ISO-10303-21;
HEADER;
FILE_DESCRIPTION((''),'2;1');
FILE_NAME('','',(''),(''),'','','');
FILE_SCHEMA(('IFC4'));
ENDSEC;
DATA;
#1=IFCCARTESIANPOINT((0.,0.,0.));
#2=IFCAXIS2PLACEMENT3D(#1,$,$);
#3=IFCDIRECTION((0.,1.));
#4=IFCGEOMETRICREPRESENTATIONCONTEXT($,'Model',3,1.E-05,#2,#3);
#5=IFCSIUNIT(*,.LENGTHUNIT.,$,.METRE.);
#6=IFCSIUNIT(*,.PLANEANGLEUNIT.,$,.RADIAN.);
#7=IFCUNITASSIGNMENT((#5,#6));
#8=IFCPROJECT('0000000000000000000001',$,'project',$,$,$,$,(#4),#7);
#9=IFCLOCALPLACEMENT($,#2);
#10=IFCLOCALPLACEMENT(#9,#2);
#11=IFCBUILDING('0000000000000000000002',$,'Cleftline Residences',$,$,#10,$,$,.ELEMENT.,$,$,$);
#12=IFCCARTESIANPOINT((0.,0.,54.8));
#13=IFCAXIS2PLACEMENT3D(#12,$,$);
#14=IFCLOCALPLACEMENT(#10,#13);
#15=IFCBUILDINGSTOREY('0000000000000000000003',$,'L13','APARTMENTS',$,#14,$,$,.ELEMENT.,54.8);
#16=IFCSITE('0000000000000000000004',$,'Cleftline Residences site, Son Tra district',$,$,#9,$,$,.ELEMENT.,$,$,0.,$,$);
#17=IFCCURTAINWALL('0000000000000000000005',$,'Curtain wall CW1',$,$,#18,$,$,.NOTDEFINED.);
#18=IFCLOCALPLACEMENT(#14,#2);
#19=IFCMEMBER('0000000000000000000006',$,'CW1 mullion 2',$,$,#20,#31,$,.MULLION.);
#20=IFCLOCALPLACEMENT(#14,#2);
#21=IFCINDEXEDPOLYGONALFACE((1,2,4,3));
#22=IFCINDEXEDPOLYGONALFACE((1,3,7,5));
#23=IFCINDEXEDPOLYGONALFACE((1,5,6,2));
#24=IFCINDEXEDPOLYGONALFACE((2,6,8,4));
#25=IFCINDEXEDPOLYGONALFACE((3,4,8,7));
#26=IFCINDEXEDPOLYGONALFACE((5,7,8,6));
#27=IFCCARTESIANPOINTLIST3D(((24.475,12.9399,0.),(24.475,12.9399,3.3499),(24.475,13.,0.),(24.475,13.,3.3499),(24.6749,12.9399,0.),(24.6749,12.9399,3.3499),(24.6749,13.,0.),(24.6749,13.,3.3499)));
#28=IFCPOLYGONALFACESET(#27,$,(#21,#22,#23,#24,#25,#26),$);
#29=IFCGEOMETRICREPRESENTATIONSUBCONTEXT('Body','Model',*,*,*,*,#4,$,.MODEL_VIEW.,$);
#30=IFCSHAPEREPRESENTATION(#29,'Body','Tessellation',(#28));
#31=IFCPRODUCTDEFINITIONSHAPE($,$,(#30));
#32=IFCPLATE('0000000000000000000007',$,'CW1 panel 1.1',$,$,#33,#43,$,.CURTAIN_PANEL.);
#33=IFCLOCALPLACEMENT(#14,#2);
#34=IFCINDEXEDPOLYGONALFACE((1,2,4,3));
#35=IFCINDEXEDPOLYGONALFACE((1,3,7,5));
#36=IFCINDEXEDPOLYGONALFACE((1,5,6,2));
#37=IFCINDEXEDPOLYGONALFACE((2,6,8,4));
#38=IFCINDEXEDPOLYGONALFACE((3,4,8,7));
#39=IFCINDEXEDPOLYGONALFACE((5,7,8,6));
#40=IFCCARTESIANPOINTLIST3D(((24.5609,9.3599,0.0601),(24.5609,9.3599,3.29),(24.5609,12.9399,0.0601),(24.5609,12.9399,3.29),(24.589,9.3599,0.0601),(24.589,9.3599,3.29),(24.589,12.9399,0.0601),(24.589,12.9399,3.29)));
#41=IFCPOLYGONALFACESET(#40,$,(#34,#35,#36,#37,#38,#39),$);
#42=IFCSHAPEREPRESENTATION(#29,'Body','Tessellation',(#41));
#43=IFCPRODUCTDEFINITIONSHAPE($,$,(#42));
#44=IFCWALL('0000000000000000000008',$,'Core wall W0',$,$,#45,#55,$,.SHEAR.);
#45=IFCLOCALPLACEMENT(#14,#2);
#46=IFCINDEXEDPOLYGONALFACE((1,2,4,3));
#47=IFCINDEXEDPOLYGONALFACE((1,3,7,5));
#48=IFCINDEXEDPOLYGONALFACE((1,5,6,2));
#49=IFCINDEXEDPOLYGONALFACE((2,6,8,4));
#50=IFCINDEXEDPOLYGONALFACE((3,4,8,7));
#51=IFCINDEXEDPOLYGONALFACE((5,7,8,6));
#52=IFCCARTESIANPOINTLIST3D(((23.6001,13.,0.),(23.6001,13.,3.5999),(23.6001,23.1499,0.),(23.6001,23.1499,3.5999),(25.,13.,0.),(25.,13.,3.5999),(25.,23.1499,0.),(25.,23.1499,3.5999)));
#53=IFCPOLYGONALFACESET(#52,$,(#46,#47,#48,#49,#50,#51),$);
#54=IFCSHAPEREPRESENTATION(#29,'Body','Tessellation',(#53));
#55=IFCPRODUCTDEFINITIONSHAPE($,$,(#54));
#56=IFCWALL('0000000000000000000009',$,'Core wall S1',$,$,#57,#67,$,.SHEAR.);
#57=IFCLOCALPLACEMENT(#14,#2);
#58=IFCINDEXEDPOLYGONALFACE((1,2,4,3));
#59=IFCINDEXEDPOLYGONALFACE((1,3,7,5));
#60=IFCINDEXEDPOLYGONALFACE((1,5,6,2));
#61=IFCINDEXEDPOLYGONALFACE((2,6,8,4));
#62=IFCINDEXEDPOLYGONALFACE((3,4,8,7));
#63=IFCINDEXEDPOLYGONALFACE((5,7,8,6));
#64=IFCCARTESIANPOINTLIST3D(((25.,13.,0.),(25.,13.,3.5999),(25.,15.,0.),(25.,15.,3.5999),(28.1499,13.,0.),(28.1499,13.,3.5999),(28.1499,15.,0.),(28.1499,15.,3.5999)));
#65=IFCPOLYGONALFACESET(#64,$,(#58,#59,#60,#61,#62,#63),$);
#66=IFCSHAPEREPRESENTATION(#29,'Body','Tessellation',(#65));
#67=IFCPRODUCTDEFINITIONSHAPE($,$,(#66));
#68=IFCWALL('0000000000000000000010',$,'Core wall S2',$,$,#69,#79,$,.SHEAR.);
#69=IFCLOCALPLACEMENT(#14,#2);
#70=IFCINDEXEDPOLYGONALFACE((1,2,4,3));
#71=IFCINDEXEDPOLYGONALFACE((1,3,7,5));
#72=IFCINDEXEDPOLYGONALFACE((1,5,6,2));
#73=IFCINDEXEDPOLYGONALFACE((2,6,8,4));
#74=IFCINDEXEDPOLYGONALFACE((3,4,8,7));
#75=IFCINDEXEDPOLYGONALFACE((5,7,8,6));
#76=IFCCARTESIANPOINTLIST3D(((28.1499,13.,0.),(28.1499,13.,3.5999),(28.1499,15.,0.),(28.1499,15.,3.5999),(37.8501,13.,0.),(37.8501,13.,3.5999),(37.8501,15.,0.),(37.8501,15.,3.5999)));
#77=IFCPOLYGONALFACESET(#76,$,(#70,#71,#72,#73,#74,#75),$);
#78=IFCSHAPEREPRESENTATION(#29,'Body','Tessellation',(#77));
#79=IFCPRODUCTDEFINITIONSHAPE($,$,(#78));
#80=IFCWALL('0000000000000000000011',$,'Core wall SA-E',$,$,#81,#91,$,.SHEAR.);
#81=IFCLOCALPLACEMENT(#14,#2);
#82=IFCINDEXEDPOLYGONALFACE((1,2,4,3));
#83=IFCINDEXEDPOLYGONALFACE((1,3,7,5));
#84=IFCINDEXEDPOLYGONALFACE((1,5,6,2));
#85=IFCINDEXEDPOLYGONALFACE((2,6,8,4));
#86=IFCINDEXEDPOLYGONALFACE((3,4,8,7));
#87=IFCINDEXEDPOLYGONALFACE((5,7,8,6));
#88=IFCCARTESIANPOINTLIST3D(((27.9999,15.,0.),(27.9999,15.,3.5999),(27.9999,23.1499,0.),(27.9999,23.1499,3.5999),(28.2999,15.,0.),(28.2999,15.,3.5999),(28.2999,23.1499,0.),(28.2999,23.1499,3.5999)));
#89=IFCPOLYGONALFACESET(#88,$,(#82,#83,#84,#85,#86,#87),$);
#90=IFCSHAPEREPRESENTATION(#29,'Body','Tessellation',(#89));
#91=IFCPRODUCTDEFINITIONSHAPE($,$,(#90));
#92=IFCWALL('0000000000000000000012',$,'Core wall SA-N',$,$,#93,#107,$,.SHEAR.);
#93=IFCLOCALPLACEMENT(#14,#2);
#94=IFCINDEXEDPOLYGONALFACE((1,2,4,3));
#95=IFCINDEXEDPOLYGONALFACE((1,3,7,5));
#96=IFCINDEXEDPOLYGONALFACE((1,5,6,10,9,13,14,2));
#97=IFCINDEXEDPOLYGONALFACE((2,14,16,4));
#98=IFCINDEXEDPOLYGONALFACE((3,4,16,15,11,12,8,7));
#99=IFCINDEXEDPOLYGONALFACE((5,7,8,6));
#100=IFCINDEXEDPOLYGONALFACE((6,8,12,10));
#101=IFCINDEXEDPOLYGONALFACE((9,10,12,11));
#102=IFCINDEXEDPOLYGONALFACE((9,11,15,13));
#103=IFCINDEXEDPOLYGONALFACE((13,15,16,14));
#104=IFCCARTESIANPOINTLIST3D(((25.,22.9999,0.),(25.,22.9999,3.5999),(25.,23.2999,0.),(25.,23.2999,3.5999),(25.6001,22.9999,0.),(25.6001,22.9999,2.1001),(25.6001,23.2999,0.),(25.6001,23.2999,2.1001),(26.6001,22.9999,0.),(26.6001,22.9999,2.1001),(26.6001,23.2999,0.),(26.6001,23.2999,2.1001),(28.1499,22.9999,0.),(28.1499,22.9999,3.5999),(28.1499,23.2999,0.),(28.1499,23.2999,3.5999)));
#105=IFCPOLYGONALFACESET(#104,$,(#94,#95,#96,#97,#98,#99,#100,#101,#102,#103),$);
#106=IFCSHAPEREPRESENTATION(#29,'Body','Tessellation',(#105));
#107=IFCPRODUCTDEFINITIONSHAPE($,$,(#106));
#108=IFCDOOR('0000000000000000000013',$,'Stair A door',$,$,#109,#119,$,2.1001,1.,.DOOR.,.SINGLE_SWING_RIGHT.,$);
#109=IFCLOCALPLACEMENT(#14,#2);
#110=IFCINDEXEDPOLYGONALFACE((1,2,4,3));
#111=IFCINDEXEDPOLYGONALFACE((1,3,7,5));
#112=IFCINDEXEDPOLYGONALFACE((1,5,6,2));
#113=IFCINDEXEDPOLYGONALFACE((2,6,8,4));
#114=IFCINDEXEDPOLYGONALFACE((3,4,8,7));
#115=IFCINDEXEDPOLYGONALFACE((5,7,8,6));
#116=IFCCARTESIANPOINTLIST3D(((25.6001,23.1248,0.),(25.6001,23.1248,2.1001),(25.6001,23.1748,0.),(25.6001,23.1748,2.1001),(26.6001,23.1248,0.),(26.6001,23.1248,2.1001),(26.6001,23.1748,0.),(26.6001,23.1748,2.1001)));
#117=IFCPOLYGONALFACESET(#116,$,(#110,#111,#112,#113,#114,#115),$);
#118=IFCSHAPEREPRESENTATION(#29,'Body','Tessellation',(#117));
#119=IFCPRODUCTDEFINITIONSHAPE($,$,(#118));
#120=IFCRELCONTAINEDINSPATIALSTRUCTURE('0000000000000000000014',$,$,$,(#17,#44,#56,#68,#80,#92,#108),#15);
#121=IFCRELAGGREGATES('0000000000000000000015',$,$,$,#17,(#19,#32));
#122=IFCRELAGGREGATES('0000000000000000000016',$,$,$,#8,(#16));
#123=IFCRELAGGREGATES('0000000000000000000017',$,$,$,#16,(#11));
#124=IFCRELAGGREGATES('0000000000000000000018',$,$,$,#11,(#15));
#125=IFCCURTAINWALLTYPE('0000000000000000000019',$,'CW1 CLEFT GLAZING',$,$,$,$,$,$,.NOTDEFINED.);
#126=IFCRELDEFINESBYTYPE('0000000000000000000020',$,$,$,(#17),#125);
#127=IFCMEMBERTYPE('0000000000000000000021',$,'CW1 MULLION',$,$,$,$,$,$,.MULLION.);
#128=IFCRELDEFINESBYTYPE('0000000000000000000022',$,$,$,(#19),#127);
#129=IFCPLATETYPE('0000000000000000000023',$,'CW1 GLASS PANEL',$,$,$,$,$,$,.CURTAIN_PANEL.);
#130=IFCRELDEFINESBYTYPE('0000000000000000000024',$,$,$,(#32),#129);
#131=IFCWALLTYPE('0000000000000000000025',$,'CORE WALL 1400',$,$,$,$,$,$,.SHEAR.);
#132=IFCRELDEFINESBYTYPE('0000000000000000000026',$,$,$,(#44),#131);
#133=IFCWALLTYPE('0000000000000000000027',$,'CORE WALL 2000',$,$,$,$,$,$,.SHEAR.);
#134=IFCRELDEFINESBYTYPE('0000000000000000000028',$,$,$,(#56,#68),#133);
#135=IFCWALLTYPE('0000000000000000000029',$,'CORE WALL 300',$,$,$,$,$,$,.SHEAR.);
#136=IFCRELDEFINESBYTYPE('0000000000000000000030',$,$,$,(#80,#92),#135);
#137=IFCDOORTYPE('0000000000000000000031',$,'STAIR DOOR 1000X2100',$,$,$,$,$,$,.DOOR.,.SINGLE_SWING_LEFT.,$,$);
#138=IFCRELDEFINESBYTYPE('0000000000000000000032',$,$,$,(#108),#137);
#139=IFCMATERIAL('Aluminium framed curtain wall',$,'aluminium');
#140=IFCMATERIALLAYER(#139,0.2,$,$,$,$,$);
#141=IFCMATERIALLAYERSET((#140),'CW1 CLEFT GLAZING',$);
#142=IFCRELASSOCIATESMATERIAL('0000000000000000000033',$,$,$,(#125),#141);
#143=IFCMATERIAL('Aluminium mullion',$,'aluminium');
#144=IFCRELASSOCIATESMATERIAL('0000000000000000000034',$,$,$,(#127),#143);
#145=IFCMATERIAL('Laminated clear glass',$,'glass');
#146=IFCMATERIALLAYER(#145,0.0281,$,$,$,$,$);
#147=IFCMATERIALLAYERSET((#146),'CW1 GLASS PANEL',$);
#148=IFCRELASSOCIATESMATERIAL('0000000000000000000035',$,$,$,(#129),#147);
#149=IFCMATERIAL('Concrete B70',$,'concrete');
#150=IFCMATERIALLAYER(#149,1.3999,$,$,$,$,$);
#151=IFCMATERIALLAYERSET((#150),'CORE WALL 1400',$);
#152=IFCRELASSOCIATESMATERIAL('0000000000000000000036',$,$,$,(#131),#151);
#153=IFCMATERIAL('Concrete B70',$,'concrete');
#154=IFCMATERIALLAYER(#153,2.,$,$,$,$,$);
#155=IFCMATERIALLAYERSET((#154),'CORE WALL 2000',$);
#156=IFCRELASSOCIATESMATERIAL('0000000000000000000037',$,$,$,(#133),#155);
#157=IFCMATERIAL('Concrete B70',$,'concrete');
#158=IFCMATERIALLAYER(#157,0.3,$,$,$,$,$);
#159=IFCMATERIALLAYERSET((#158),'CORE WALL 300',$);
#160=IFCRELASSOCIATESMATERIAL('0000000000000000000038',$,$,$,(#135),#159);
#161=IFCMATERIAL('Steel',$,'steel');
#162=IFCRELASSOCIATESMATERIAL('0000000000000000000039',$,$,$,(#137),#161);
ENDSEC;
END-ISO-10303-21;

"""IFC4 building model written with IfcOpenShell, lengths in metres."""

from ifc_helpers import new_model, si_unit, direction, frame, frame_2d, origin, origin_2d, place, context, subcontext, project, spatial, rectangle, extrude, material, layer, layer_set, material_profile, profile_set, type_object, element, fill, aggregate, save


model = new_model("IFC4")

# Units and contexts
model_context = context("Model", 3, precision=1e-05, world=origin(), true_north=direction((0.0, 1.0)))
body_context = subcontext(model_context, "Body", "Model", "MODEL_VIEW")
ifc_project = project(units=[si_unit("LENGTHUNIT", "METRE"), si_unit("PLANEANGLEUNIT", "RADIAN")], contexts=[model_context])

# Site, building, storey
site_placement = place(None, origin())
site = spatial("IfcSite", under=ifc_project, at=site_placement, Name="Cleftline Residences site, Son Tra district", CompositionType="ELEMENT", RefElevation=0.0)
building_placement = place(site_placement, origin())
building = spatial("IfcBuilding", under=site, at=building_placement, Name="Cleftline Residences", CompositionType="ELEMENT")
storey_placement = place(building_placement, frame((0.0, 0.0, 54.8)))
storey = spatial("IfcBuildingStorey", under=building, at=storey_placement, Name="L13", Description="APARTMENTS", CompositionType="ELEMENT", Elevation=54.8)

# Curtain wall, member, plate
ifc_material_1 = material(Name="Aluminium framed curtain wall", Category="aluminium")
ifc_layer_1 = layer(ifc_material_1, 0.2)
ifc_layer_set_1 = layer_set([ifc_layer_1], Name="CW1 CLEFT GLAZING")
curtain_wall_type = type_object("IfcCurtainWallType", Name="CW1 CLEFT GLAZING", PredefinedType="NOTDEFINED", material=ifc_layer_set_1)
curtain_wall_placement = place(storey_placement, origin())
curtain_wall = element("IfcCurtainWall", 1, at=curtain_wall_placement, inside=storey, type_object=curtain_wall_type, Name="Curtain wall CW1", PredefinedType="NOTDEFINED")
ifc_material_2 = material(Name="Aluminium mullion", Category="aluminium")
ifc_material_profile = material_profile(ifc_material_2, rectangle(XDim=0.2, YDim=0.0601, at=origin_2d()))
ifc_profile_set = profile_set([ifc_material_profile], Name="Aluminium mullion")
member_type = type_object("IfcMemberType", Name="CW1 MULLION", PredefinedType="MULLION", material=ifc_profile_set)
member_placement = place(storey_placement, frame((24.575, 12.97, 0.0), z_axis=(0.0, 0.0, 1.0), x_axis=(-1.0, 0.0, 0.0)))
member = element("IfcMember", 2, at=member_placement, type_object=member_type, Name="CW1 mullion 2", PredefinedType="MULLION", context=body_context, shape_type="SweptSolid", body=[
    extrude(rectangle(XDim=0.2, YDim=0.0601, at=origin_2d()), origin(), (0.0, 0.0, 1.0), 3.3499),
])
ifc_material_3 = material(Name="Laminated clear glass", Category="glass")
ifc_layer_2 = layer(ifc_material_3, 0.0281)
ifc_layer_set_2 = layer_set([ifc_layer_2], Name="CW1 GLASS PANEL")
plate_type = type_object("IfcPlateType", Name="CW1 GLASS PANEL", PredefinedType="CURTAIN_PANEL", material=ifc_layer_set_2)
plate_placement = place(storey_placement, frame((24.575, 11.1499, 0.0601), z_axis=(0.0, 0.0, 1.0), x_axis=(0.0, 1.0, 0.0)))
plate = element("IfcPlate", 3, at=plate_placement, type_object=plate_type, Name="CW1 panel 1.1", PredefinedType="CURTAIN_PANEL", context=body_context, shape_type="SweptSolid", body=[
    extrude(rectangle(XDim=3.5801, YDim=0.0281, at=origin_2d()), origin(), (0.0, 0.0, 1.0), 3.23),
])
aggregate(curtain_wall, [member, plate])

# Wall
ifc_material_4 = material(Name="Concrete B70", Category="concrete")
ifc_layer_3 = layer(ifc_material_4, 1.3999)
ifc_layer_set_3 = layer_set([ifc_layer_3], Name="CORE WALL 1400")
wall_type_1 = type_object("IfcWallType", Name="CORE WALL 1400", PredefinedType="SHEAR", material=ifc_layer_set_3)
wall_1_placement = place(storey_placement, frame((24.3, 13.0, 0.0), z_axis=(0.0, 0.0, 1.0), x_axis=(0.0, 1.0, 0.0)))
element("IfcWall", 4, at=wall_1_placement, inside=storey, type_object=wall_type_1, Name="Core wall W0", PredefinedType="SHEAR", context=body_context, shape_type="SweptSolid", body=[
    extrude(rectangle(XDim=10.1499, YDim=1.3999, at=frame_2d((5.075, 0.0))), origin(), (0.0, 0.0, 1.0), 3.5999),
])

# Walls
ifc_material_5 = material(Name="Concrete B70", Category="concrete")
ifc_layer_4 = layer(ifc_material_5, 2.0)
ifc_layer_set_4 = layer_set([ifc_layer_4], Name="CORE WALL 2000")
wall_type_2 = type_object("IfcWallType", Name="CORE WALL 2000", PredefinedType="SHEAR", material=ifc_layer_set_4)
wall_2_placement = place(storey_placement, frame((25.0, 14.0, 0.0), z_axis=(0.0, 0.0, 1.0), x_axis=(1.0, 0.0, 0.0)))
element("IfcWall", 5, at=wall_2_placement, inside=storey, type_object=wall_type_2, Name="Core wall S1", PredefinedType="SHEAR", context=body_context, shape_type="SweptSolid", body=[
    extrude(rectangle(XDim=3.1499, YDim=2.0, at=frame_2d((1.575, 0.0))), origin(), (0.0, 0.0, 1.0), 3.5999),
])
wall_3_placement = place(storey_placement, frame((28.1499, 14.0, 0.0), z_axis=(0.0, 0.0, 1.0), x_axis=(1.0, 0.0, 0.0)))
element("IfcWall", 6, at=wall_3_placement, inside=storey, type_object=wall_type_2, Name="Core wall S2", PredefinedType="SHEAR", context=body_context, shape_type="SweptSolid", body=[
    extrude(rectangle(XDim=9.7002, YDim=2.0, at=frame_2d((4.8501, 0.0))), origin(), (0.0, 0.0, 1.0), 3.5999),
])
ifc_material_6 = material(Name="Concrete B70", Category="concrete")
ifc_layer_5 = layer(ifc_material_6, 0.3)
ifc_layer_set_5 = layer_set([ifc_layer_5], Name="CORE WALL 300")
wall_type_3 = type_object("IfcWallType", Name="CORE WALL 300", PredefinedType="SHEAR", material=ifc_layer_set_5)
wall_4_placement = place(storey_placement, frame((28.1499, 15.0, 0.0), z_axis=(0.0, 0.0, 1.0), x_axis=(0.0, 1.0, 0.0)))
element("IfcWall", 7, at=wall_4_placement, inside=storey, type_object=wall_type_3, Name="Core wall SA-E", PredefinedType="SHEAR", context=body_context, shape_type="SweptSolid", body=[
    extrude(rectangle(XDim=8.1499, YDim=0.3, at=frame_2d((4.075, 0.0))), origin(), (0.0, 0.0, 1.0), 3.5999),
])

# Wall, opening, door
wall_5_placement = place(storey_placement, frame((25.0, 23.1499, 0.0), z_axis=(0.0, 0.0, 1.0), x_axis=(1.0, 0.0, 0.0)))
wall_5 = element("IfcWall", 8, at=wall_5_placement, inside=storey, type_object=wall_type_3, Name="Core wall SA-N", PredefinedType="SHEAR", context=body_context, shape_type="SweptSolid", body=[
    extrude(rectangle(XDim=3.1499, YDim=0.3, at=frame_2d((1.575, 0.0))), origin(), (0.0, 0.0, 1.0), 3.5999),
])
opening_1_placement = place(wall_5_placement, frame((0.6001, 0.0, 0.0)))
opening_1 = element("IfcOpeningElement", 9, at=opening_1_placement, cuts=wall_5, PredefinedType="OPENING", context=body_context, shape_type="SweptSolid", body=[
    extrude(rectangle(XDim=1.0, YDim=2.1001, at=frame_2d((0.5, 1.05))), frame((0.0, 0.1599, 0.0), z_axis=(0.0, -1.0, 0.0), x_axis=(1.0, 0.0, 0.0)), (0.0, 0.0, 1.0), 0.3201),
])
ifc_material_7 = material(Name="Steel", Category="steel")
door_type_1 = type_object("IfcDoorType", Name="STAIR DOOR 1000X2100", OperationType="SINGLE_SWING_LEFT", PredefinedType="DOOR", material=ifc_material_7)
door_1_placement = place(opening_1_placement, origin())
door_1 = element("IfcDoor", 10, at=door_1_placement, inside=storey, type_object=door_type_1, Name="Stair A door", OperationType="SINGLE_SWING_RIGHT", OverallHeight=2.1001, OverallWidth=1.0, PredefinedType="DOOR", context=body_context, shape_type="SweptSolid", body=[
    extrude(rectangle(XDim=1.0, YDim=2.1001, at=frame_2d((0.5, 1.05))), frame((0.0, 0.0249, 0.0), z_axis=(0.0, -1.0, 0.0), x_axis=(1.0, 0.0, 0.0)), (0.0, 0.0, 1.0), 0.05),
])
fill(opening_1, door_1)

save(model, "model.ifc")
